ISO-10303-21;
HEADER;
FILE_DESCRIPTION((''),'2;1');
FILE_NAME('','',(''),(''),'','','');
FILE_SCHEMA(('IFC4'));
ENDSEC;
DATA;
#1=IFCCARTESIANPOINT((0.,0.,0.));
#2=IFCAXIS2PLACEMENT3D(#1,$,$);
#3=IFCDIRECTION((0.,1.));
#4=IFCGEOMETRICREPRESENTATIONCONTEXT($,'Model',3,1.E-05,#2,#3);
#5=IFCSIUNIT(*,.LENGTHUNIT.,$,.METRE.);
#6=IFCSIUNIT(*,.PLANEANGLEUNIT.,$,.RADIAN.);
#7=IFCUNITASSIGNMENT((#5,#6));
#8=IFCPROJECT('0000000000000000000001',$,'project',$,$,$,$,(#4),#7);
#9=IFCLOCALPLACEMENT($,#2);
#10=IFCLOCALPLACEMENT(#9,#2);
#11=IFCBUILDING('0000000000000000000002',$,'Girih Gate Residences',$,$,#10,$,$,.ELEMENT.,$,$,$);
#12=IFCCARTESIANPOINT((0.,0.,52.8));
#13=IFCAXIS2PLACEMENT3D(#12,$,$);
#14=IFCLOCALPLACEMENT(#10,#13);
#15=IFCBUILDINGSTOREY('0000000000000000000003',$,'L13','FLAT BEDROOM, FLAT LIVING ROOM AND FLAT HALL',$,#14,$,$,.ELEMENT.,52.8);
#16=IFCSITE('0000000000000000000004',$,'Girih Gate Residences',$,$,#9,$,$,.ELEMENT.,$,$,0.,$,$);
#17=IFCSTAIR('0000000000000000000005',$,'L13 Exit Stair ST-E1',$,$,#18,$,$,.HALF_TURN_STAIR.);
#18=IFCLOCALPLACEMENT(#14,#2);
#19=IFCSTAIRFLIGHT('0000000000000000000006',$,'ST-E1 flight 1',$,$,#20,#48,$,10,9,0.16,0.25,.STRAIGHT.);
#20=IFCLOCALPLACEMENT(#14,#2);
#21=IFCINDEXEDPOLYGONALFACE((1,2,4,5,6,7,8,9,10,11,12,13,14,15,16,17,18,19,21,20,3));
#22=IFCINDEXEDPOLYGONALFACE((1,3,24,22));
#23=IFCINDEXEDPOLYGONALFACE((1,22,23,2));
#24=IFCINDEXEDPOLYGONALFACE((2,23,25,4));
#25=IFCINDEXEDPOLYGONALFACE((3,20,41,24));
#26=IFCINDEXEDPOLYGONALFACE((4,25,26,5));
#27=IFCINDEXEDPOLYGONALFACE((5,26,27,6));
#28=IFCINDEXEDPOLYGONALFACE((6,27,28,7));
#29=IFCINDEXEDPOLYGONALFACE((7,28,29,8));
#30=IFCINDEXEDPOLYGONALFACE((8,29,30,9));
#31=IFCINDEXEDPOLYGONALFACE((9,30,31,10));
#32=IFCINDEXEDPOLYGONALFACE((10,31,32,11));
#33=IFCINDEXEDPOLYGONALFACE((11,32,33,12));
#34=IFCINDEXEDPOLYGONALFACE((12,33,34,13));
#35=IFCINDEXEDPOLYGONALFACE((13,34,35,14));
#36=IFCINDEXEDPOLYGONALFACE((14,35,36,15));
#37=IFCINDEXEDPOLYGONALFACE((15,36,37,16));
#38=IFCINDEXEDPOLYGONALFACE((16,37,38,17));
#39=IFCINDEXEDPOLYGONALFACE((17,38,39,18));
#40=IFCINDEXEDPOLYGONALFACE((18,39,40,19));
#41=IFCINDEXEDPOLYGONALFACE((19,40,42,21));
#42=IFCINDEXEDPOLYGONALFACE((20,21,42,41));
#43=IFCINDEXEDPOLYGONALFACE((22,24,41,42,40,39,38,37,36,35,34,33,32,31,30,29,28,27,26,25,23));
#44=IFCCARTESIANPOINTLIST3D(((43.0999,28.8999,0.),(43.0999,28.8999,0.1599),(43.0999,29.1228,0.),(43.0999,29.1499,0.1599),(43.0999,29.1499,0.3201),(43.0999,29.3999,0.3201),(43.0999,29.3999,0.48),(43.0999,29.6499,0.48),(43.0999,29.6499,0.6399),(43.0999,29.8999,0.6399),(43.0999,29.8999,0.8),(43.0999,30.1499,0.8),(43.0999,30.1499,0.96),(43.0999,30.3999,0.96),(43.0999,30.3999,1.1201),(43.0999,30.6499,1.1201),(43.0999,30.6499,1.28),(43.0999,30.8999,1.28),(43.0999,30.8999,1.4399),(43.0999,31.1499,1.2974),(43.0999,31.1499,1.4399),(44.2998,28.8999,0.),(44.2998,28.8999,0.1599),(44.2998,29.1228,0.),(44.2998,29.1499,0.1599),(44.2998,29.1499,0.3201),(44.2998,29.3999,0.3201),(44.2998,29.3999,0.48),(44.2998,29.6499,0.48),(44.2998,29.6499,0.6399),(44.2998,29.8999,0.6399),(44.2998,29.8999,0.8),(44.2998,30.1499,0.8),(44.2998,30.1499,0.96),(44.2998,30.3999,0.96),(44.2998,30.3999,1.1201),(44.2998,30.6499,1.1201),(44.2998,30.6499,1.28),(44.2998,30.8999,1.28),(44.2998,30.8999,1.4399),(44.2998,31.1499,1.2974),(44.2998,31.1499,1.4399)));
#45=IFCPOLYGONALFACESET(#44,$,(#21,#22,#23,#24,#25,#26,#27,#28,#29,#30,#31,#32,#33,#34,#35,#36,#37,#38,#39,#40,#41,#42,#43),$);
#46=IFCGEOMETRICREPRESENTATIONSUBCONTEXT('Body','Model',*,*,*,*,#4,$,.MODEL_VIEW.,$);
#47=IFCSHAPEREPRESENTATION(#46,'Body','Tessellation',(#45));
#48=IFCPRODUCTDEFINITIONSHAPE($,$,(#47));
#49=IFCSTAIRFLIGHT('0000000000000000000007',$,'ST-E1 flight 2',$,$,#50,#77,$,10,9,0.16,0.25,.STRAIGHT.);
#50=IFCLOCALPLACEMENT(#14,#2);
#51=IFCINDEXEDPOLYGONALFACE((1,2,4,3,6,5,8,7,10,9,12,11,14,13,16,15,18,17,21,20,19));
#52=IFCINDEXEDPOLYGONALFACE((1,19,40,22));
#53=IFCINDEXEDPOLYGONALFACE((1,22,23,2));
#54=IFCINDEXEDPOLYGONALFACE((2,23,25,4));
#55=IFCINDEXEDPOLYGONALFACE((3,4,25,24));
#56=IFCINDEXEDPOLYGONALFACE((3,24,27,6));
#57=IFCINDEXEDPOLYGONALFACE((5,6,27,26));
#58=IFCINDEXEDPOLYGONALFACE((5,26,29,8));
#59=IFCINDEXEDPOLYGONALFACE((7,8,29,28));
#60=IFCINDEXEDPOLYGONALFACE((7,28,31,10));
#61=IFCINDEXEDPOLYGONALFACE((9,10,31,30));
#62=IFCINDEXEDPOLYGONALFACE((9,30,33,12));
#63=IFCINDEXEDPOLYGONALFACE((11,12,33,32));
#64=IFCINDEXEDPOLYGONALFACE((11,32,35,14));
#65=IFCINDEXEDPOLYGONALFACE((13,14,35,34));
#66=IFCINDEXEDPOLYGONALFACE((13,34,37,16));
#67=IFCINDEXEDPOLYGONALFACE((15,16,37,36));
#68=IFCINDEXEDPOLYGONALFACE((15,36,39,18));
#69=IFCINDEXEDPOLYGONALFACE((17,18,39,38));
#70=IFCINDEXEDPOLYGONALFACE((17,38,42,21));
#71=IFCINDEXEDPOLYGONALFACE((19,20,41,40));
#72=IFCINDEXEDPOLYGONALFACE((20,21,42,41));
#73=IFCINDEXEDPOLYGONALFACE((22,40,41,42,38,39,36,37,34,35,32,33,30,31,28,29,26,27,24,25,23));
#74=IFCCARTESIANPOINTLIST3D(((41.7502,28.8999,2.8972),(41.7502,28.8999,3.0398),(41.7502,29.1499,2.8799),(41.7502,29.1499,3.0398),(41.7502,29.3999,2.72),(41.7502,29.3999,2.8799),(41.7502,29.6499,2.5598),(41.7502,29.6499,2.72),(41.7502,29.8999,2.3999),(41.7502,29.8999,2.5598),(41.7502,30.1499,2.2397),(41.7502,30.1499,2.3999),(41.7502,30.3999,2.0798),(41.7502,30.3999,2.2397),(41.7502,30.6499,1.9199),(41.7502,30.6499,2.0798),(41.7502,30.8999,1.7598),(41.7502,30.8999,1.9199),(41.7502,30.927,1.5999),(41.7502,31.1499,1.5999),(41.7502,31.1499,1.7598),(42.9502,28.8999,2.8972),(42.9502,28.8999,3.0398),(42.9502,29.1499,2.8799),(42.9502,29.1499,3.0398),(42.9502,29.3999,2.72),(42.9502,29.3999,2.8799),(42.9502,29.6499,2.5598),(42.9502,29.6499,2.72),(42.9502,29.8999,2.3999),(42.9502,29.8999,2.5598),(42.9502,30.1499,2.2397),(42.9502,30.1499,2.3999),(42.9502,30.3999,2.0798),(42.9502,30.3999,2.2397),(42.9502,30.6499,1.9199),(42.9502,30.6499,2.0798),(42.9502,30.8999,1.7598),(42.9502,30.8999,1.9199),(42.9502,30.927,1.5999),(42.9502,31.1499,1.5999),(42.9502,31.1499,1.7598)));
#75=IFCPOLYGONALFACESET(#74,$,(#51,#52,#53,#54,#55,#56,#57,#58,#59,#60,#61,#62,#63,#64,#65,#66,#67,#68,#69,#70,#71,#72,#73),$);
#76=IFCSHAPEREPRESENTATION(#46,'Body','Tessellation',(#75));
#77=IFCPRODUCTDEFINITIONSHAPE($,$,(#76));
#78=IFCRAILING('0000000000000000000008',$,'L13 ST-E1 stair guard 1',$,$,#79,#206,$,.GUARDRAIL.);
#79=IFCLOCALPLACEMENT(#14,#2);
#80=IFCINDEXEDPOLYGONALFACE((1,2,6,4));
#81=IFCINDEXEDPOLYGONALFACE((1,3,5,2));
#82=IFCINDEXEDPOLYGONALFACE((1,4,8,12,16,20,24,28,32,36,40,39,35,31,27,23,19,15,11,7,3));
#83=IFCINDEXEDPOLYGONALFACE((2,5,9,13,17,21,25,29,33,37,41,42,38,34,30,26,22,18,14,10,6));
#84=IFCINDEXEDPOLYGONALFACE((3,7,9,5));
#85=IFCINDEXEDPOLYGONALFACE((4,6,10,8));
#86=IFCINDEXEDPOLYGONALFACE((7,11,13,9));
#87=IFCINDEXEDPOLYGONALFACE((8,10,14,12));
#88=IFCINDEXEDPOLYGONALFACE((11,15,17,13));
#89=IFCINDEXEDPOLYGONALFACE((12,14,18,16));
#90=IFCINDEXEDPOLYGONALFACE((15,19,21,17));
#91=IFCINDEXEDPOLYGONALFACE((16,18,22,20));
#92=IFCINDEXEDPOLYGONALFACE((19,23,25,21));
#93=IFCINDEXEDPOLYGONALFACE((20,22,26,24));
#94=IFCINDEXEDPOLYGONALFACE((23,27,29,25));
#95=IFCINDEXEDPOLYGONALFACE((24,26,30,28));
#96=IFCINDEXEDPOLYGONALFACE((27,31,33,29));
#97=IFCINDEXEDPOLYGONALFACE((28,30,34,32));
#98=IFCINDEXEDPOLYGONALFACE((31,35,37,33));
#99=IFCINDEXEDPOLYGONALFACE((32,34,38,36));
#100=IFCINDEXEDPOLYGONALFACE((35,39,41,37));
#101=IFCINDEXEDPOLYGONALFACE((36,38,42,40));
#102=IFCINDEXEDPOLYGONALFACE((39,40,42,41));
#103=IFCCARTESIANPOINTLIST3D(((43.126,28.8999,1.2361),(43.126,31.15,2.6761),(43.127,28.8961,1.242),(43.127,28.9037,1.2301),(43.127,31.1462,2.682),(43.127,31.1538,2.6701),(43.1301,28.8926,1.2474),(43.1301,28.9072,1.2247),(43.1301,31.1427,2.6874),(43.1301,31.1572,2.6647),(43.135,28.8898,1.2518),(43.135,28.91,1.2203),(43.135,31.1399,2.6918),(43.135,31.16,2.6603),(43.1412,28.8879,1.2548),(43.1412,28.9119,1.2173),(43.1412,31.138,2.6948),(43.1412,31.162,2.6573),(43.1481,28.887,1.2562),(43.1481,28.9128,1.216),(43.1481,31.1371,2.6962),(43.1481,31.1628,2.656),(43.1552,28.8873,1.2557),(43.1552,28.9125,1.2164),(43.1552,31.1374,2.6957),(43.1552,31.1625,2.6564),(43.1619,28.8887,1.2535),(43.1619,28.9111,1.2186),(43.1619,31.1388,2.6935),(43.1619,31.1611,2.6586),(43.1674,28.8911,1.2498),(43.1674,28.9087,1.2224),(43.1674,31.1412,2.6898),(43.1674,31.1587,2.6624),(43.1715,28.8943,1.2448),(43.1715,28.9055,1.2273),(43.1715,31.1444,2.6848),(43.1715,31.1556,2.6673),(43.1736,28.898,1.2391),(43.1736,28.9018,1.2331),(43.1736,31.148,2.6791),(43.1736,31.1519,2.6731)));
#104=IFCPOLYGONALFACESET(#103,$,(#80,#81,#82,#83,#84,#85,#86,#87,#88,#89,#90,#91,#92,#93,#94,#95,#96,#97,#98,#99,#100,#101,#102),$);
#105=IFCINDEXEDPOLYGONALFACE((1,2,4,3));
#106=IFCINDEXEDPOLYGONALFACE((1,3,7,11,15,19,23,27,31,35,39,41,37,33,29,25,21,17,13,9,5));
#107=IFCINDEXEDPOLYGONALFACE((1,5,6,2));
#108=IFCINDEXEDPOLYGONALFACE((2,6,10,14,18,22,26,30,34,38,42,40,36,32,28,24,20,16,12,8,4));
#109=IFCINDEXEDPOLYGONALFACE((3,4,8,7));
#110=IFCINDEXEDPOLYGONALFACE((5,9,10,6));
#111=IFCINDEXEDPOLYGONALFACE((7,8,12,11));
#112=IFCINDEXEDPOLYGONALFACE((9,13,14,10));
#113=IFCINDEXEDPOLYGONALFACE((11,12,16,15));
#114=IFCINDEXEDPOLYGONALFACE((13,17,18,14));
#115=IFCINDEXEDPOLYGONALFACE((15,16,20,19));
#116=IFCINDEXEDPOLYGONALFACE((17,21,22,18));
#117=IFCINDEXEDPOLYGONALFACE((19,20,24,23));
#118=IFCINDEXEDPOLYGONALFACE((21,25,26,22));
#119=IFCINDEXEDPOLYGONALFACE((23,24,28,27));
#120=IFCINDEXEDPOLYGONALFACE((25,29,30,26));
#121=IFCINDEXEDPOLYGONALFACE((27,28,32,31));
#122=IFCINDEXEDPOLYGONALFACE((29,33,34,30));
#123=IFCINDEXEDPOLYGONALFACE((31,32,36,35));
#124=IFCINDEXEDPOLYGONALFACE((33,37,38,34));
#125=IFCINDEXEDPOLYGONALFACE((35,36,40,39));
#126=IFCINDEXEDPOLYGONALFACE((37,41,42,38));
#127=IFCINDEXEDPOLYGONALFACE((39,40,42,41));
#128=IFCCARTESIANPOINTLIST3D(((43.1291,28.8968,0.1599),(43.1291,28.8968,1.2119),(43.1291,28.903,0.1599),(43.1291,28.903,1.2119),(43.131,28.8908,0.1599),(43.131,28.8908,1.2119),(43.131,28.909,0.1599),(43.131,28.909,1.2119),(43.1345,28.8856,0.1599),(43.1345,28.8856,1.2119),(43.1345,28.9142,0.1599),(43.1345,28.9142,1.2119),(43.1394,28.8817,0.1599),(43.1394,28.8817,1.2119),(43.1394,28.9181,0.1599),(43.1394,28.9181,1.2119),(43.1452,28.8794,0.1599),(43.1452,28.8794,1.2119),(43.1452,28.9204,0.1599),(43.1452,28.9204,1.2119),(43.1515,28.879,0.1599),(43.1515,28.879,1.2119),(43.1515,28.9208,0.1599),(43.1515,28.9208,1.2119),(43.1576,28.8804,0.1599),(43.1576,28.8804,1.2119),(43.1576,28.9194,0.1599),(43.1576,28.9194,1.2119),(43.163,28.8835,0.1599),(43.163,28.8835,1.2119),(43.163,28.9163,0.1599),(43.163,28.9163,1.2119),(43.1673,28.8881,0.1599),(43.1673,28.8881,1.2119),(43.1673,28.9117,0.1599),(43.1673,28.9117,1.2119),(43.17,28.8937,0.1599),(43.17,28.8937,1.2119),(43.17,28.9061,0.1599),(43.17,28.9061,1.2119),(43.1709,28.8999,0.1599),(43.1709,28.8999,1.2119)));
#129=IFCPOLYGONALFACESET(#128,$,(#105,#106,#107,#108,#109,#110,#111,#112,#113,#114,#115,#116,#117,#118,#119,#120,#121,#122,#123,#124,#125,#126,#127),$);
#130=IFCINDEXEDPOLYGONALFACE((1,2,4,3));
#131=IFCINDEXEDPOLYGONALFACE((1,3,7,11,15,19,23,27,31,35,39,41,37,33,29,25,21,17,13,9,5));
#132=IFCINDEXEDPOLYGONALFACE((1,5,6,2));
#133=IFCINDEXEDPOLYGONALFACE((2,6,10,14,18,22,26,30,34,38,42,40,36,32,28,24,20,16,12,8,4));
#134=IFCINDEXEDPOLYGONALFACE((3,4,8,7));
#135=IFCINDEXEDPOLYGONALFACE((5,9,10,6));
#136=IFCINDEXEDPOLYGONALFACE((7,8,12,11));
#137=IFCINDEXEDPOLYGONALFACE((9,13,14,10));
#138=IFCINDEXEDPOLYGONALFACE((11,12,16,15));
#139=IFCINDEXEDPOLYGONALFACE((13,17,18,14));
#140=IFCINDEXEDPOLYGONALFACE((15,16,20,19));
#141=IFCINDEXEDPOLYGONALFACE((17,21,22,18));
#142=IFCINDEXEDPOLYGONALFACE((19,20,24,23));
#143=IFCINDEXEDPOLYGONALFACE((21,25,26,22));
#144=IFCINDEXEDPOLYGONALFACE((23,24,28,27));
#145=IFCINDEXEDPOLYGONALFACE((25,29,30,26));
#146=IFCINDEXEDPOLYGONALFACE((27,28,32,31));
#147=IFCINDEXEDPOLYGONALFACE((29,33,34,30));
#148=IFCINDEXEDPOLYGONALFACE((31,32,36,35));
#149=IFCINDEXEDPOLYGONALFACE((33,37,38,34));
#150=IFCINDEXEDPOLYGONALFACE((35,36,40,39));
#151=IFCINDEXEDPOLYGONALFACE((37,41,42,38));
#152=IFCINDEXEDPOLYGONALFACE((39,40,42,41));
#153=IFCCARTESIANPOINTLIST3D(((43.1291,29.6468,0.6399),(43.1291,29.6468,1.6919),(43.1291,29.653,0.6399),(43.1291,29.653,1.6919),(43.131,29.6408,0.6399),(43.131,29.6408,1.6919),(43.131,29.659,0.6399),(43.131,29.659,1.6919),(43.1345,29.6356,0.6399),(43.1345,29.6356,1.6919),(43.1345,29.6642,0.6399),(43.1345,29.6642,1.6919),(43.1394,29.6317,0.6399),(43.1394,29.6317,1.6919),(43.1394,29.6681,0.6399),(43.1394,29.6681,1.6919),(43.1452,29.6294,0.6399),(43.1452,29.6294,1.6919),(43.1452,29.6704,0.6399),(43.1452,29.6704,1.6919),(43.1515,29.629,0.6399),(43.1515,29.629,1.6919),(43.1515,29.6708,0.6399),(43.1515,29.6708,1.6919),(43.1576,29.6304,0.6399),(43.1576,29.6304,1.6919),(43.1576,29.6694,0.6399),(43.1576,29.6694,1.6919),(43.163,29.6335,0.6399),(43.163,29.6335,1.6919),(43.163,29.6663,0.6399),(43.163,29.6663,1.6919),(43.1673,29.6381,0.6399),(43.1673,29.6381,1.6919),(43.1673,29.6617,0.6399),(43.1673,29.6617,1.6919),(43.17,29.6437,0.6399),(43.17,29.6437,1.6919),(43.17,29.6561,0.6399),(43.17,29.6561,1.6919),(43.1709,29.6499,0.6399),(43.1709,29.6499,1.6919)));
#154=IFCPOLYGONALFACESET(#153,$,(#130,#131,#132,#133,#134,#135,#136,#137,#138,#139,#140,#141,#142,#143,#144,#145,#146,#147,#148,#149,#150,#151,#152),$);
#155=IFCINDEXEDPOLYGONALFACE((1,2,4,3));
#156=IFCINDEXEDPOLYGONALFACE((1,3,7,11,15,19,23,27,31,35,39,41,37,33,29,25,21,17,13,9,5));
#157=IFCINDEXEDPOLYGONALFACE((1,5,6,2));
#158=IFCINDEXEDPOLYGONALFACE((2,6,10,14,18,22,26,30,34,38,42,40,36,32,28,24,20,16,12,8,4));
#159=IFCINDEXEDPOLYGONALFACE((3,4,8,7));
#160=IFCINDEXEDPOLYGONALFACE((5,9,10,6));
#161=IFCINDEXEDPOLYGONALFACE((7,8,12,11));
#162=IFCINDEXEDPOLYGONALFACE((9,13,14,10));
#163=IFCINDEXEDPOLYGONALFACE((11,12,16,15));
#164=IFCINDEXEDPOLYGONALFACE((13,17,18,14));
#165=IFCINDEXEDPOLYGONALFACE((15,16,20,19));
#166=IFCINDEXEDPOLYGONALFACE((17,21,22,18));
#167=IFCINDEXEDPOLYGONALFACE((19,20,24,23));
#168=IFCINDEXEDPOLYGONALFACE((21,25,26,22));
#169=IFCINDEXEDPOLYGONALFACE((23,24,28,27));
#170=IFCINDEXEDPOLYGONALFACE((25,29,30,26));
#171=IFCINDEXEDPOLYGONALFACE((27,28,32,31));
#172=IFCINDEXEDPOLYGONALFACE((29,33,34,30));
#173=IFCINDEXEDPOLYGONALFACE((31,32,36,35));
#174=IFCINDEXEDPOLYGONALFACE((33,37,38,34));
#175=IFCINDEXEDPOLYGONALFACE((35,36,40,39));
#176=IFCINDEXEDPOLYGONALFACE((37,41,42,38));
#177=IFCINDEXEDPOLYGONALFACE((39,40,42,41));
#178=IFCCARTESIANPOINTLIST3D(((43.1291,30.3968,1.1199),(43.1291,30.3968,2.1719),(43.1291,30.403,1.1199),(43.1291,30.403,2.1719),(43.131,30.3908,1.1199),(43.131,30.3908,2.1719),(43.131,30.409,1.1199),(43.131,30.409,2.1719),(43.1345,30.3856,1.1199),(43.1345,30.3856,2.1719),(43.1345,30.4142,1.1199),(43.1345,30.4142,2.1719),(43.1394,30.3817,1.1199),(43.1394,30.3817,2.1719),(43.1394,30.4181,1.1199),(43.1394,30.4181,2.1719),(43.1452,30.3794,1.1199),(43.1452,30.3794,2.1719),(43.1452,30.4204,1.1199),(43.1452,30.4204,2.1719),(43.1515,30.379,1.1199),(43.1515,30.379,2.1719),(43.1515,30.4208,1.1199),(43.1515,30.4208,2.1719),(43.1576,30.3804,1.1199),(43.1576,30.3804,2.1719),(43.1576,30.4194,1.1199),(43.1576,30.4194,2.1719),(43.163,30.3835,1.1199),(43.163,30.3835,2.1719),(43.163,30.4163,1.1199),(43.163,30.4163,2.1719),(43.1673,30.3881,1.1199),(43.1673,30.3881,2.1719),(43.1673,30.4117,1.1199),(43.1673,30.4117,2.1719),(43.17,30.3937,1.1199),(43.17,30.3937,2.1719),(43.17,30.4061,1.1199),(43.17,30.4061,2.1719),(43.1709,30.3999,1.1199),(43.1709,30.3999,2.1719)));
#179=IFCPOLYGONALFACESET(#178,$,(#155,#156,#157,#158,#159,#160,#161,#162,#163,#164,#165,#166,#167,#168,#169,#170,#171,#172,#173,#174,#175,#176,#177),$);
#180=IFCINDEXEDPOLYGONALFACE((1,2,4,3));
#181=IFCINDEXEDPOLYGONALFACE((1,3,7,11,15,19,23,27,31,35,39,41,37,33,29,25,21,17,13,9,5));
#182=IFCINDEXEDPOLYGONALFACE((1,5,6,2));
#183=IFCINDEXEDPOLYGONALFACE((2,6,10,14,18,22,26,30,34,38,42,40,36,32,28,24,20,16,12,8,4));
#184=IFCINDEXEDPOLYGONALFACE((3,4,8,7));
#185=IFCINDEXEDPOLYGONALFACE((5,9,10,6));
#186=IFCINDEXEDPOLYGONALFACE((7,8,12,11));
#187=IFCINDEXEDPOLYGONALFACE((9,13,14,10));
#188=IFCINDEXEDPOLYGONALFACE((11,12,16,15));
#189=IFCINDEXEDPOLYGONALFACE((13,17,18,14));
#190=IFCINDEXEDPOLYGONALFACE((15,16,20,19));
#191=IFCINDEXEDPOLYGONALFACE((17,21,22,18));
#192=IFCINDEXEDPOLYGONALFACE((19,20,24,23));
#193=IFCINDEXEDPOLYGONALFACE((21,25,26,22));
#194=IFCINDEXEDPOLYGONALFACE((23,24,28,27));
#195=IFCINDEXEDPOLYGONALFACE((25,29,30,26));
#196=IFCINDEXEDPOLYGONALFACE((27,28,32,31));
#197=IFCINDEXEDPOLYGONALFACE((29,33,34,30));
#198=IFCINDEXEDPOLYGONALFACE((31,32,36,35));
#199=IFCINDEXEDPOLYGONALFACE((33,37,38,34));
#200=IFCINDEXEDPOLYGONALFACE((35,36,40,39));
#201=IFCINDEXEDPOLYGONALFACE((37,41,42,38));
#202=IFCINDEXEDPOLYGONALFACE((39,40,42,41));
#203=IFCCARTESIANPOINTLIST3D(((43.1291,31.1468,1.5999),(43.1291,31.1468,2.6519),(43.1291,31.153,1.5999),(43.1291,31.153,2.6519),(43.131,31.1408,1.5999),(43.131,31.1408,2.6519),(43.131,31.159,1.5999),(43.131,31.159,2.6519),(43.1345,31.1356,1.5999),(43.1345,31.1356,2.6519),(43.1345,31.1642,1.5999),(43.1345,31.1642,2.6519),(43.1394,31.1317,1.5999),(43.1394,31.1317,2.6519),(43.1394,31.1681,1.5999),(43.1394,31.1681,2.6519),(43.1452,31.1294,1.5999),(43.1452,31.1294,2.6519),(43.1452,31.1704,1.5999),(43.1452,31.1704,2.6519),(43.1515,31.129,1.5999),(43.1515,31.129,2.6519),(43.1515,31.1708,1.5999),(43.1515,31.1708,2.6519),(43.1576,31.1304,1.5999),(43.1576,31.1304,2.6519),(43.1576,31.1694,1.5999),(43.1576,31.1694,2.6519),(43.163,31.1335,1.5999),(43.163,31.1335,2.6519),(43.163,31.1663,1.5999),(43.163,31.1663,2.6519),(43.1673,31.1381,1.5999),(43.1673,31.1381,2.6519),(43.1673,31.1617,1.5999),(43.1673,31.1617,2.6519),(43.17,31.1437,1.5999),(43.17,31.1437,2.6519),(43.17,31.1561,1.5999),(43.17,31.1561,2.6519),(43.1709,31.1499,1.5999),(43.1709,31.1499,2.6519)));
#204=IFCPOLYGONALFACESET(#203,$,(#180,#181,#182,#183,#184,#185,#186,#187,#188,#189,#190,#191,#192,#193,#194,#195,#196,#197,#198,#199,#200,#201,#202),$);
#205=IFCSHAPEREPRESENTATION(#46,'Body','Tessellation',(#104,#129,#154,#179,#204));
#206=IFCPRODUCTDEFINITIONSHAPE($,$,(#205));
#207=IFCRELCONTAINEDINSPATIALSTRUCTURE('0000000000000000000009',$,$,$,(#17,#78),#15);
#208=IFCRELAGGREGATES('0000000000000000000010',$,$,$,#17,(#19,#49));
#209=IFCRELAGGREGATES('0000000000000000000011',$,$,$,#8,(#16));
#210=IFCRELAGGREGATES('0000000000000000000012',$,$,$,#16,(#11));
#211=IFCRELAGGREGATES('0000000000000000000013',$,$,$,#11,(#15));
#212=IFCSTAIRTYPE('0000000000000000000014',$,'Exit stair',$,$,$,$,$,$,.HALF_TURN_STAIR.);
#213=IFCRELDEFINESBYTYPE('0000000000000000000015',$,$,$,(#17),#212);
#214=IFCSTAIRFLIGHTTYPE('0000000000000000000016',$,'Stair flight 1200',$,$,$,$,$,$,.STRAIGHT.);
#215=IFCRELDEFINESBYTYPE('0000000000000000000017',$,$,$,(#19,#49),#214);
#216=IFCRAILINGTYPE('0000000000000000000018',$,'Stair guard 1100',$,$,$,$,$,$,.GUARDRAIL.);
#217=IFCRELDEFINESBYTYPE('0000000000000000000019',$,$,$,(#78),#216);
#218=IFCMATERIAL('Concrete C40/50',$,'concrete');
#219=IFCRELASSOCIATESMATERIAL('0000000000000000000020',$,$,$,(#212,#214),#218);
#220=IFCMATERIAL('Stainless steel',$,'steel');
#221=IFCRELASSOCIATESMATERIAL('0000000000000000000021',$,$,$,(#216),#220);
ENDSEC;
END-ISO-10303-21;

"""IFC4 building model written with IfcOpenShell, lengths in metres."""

from ifc_helpers import new_model, si_unit, direction, frame, origin, origin_2d, place, context, subcontext, project, spatial, polyline, circle, outline, extrude, material, type_object, element, aggregate, save


model = new_model("IFC4")

# Units and contexts
model_context = context("Model", 3, precision=1e-05, world=origin(), true_north=direction((0.0, 1.0)))
body_context = subcontext(model_context, "Body", "Model", "MODEL_VIEW")
ifc_project = project(units=[si_unit("LENGTHUNIT", "METRE"), si_unit("PLANEANGLEUNIT", "RADIAN")], contexts=[model_context])

# Site, building, storey
site_placement = place(None, origin())
site = spatial("IfcSite", under=ifc_project, at=site_placement, Name="Girih Gate Residences", CompositionType="ELEMENT", RefElevation=0.0)
building_placement = place(site_placement, origin())
building = spatial("IfcBuilding", under=site, at=building_placement, Name="Girih Gate Residences", CompositionType="ELEMENT")
storey_placement = place(building_placement, frame((0.0, 0.0, 52.8)))
storey = spatial("IfcBuildingStorey", under=building, at=storey_placement, Name="L13", Description="FLAT BEDROOM, FLAT LIVING ROOM AND FLAT HALL", CompositionType="ELEMENT", Elevation=52.8)

# Shared definitions
ifc_material_1 = material(Name="Concrete C40/50", Category="concrete")

# Stair, stair flights
stair_type = type_object("IfcStairType", Name="Exit stair", PredefinedType="HALF_TURN_STAIR", material=ifc_material_1)
stair_placement = place(storey_placement, origin())
stair = element("IfcStair", 1, at=stair_placement, inside=storey, type_object=stair_type, Name="L13 Exit Stair ST-E1", PredefinedType="HALF_TURN_STAIR")
stair_flight_type = type_object("IfcStairFlightType", Name="Stair flight 1200", PredefinedType="STRAIGHT", material=ifc_material_1)
stair_flight_1_placement = place(storey_placement, frame((43.7, 28.8999, 0.0), z_axis=(0.0, 0.0, 1.0), x_axis=(0.0, 1.0, 0.0)))
stair_flight_1 = element("IfcStairFlight", 2, at=stair_flight_1_placement, type_object=stair_flight_type, Name="ST-E1 flight 1", NumberOfRisers=10, NumberOfTreads=9, PredefinedType="STRAIGHT", RiserHeight=0.16, TreadLength=0.25, context=body_context, shape_type="SweptSolid", body=[
    extrude(outline(polyline([(0.0, 0.0), (0.0, 0.1599), (0.25, 0.1599), (0.25, 0.3201), (0.5, 0.3201), (0.5, 0.48), (0.75, 0.48), (0.75, 0.6399), (1.0, 0.6399), (1.0, 0.8), (1.25, 0.8), (1.25, 0.96), (1.5, 0.96), (1.5, 1.1201), (1.75, 1.1201), (1.75, 1.28), (2.0, 1.28), (2.0, 1.4399), (2.25, 1.4399), (2.25, 1.6001), (2.25, 1.2974), (0.2229, 0.0), (0.0, 0.0)])), frame((0.0, 0.6001, 0.0), z_axis=(0.0, -1.0, 0.0), x_axis=(1.0, 0.0, 0.0)), (0.0, 0.0, 1.0), 1.2),
])
stair_flight_2_placement = place(storey_placement, frame((42.3501, 31.1499, 1.5999), z_axis=(0.0, 0.0, 1.0), x_axis=(0.0, -1.0, 0.0)))
stair_flight_2 = element("IfcStairFlight", 3, at=stair_flight_2_placement, type_object=stair_flight_type, Name="ST-E1 flight 2", NumberOfRisers=10, NumberOfTreads=9, PredefinedType="STRAIGHT", RiserHeight=0.16, TreadLength=0.25, context=body_context, shape_type="SweptSolid", body=[
    extrude(outline(polyline([(0.0, 0.0), (0.0, 0.1599), (0.25, 0.1599), (0.25, 0.3201), (0.5, 0.3201), (0.5, 0.48), (0.75, 0.48), (0.75, 0.6399), (1.0, 0.6399), (1.0, 0.8), (1.25, 0.8), (1.25, 0.96), (1.5, 0.96), (1.5, 1.1201), (1.75, 1.1201), (1.75, 1.28), (2.0, 1.28), (2.0, 1.4399), (2.25, 1.4399), (2.25, 1.6001), (2.25, 1.2974), (0.2229, 0.0), (0.0, 0.0)])), frame((0.0, 0.6001, 0.0), z_axis=(0.0, -1.0, 0.0), x_axis=(1.0, 0.0, 0.0)), (0.0, 0.0, 1.0), 1.2),
])
aggregate(stair, [stair_flight_1, stair_flight_2])

# Railing
ifc_material_2 = material(Name="Stainless steel", Category="steel")
railing_type_1 = type_object("IfcRailingType", Name="Stair guard 1100", PredefinedType="GUARDRAIL", material=ifc_material_2)
railing_1_placement = place(storey_placement, frame((43.1499, 28.8999, 0.1599)))
element("IfcRailing", 4, at=railing_1_placement, inside=storey, type_object=railing_type_1, Name="L13 ST-E1 stair guard 1", PredefinedType="GUARDRAIL", context=body_context, shape_type="SweptSolid", body=[
    extrude(circle(Radius=0.0239, at=origin_2d()), frame((0.0, 0.0, 1.0762), z_axis=(0.0, 0.842281, 0.539038), x_axis=(-1.0, 0.0, 0.0)), (0.0, 0.0, 1.0), 2.6714),
    extrude(circle(Radius=0.021, at=origin_2d()), origin(), (0.0, 0.0, 1.0), 1.052),
    extrude(circle(Radius=0.021, at=origin_2d()), frame((0.0, 0.75, 0.48)), (0.0, 0.0, 1.0), 1.052),
    extrude(circle(Radius=0.021, at=origin_2d()), frame((0.0, 1.5, 0.96)), (0.0, 0.0, 1.0), 1.052),
    extrude(circle(Radius=0.021, at=origin_2d()), frame((0.0, 2.25, 1.4399)), (0.0, 0.0, 1.0), 1.052),
])

save(model, "model.ifc")
